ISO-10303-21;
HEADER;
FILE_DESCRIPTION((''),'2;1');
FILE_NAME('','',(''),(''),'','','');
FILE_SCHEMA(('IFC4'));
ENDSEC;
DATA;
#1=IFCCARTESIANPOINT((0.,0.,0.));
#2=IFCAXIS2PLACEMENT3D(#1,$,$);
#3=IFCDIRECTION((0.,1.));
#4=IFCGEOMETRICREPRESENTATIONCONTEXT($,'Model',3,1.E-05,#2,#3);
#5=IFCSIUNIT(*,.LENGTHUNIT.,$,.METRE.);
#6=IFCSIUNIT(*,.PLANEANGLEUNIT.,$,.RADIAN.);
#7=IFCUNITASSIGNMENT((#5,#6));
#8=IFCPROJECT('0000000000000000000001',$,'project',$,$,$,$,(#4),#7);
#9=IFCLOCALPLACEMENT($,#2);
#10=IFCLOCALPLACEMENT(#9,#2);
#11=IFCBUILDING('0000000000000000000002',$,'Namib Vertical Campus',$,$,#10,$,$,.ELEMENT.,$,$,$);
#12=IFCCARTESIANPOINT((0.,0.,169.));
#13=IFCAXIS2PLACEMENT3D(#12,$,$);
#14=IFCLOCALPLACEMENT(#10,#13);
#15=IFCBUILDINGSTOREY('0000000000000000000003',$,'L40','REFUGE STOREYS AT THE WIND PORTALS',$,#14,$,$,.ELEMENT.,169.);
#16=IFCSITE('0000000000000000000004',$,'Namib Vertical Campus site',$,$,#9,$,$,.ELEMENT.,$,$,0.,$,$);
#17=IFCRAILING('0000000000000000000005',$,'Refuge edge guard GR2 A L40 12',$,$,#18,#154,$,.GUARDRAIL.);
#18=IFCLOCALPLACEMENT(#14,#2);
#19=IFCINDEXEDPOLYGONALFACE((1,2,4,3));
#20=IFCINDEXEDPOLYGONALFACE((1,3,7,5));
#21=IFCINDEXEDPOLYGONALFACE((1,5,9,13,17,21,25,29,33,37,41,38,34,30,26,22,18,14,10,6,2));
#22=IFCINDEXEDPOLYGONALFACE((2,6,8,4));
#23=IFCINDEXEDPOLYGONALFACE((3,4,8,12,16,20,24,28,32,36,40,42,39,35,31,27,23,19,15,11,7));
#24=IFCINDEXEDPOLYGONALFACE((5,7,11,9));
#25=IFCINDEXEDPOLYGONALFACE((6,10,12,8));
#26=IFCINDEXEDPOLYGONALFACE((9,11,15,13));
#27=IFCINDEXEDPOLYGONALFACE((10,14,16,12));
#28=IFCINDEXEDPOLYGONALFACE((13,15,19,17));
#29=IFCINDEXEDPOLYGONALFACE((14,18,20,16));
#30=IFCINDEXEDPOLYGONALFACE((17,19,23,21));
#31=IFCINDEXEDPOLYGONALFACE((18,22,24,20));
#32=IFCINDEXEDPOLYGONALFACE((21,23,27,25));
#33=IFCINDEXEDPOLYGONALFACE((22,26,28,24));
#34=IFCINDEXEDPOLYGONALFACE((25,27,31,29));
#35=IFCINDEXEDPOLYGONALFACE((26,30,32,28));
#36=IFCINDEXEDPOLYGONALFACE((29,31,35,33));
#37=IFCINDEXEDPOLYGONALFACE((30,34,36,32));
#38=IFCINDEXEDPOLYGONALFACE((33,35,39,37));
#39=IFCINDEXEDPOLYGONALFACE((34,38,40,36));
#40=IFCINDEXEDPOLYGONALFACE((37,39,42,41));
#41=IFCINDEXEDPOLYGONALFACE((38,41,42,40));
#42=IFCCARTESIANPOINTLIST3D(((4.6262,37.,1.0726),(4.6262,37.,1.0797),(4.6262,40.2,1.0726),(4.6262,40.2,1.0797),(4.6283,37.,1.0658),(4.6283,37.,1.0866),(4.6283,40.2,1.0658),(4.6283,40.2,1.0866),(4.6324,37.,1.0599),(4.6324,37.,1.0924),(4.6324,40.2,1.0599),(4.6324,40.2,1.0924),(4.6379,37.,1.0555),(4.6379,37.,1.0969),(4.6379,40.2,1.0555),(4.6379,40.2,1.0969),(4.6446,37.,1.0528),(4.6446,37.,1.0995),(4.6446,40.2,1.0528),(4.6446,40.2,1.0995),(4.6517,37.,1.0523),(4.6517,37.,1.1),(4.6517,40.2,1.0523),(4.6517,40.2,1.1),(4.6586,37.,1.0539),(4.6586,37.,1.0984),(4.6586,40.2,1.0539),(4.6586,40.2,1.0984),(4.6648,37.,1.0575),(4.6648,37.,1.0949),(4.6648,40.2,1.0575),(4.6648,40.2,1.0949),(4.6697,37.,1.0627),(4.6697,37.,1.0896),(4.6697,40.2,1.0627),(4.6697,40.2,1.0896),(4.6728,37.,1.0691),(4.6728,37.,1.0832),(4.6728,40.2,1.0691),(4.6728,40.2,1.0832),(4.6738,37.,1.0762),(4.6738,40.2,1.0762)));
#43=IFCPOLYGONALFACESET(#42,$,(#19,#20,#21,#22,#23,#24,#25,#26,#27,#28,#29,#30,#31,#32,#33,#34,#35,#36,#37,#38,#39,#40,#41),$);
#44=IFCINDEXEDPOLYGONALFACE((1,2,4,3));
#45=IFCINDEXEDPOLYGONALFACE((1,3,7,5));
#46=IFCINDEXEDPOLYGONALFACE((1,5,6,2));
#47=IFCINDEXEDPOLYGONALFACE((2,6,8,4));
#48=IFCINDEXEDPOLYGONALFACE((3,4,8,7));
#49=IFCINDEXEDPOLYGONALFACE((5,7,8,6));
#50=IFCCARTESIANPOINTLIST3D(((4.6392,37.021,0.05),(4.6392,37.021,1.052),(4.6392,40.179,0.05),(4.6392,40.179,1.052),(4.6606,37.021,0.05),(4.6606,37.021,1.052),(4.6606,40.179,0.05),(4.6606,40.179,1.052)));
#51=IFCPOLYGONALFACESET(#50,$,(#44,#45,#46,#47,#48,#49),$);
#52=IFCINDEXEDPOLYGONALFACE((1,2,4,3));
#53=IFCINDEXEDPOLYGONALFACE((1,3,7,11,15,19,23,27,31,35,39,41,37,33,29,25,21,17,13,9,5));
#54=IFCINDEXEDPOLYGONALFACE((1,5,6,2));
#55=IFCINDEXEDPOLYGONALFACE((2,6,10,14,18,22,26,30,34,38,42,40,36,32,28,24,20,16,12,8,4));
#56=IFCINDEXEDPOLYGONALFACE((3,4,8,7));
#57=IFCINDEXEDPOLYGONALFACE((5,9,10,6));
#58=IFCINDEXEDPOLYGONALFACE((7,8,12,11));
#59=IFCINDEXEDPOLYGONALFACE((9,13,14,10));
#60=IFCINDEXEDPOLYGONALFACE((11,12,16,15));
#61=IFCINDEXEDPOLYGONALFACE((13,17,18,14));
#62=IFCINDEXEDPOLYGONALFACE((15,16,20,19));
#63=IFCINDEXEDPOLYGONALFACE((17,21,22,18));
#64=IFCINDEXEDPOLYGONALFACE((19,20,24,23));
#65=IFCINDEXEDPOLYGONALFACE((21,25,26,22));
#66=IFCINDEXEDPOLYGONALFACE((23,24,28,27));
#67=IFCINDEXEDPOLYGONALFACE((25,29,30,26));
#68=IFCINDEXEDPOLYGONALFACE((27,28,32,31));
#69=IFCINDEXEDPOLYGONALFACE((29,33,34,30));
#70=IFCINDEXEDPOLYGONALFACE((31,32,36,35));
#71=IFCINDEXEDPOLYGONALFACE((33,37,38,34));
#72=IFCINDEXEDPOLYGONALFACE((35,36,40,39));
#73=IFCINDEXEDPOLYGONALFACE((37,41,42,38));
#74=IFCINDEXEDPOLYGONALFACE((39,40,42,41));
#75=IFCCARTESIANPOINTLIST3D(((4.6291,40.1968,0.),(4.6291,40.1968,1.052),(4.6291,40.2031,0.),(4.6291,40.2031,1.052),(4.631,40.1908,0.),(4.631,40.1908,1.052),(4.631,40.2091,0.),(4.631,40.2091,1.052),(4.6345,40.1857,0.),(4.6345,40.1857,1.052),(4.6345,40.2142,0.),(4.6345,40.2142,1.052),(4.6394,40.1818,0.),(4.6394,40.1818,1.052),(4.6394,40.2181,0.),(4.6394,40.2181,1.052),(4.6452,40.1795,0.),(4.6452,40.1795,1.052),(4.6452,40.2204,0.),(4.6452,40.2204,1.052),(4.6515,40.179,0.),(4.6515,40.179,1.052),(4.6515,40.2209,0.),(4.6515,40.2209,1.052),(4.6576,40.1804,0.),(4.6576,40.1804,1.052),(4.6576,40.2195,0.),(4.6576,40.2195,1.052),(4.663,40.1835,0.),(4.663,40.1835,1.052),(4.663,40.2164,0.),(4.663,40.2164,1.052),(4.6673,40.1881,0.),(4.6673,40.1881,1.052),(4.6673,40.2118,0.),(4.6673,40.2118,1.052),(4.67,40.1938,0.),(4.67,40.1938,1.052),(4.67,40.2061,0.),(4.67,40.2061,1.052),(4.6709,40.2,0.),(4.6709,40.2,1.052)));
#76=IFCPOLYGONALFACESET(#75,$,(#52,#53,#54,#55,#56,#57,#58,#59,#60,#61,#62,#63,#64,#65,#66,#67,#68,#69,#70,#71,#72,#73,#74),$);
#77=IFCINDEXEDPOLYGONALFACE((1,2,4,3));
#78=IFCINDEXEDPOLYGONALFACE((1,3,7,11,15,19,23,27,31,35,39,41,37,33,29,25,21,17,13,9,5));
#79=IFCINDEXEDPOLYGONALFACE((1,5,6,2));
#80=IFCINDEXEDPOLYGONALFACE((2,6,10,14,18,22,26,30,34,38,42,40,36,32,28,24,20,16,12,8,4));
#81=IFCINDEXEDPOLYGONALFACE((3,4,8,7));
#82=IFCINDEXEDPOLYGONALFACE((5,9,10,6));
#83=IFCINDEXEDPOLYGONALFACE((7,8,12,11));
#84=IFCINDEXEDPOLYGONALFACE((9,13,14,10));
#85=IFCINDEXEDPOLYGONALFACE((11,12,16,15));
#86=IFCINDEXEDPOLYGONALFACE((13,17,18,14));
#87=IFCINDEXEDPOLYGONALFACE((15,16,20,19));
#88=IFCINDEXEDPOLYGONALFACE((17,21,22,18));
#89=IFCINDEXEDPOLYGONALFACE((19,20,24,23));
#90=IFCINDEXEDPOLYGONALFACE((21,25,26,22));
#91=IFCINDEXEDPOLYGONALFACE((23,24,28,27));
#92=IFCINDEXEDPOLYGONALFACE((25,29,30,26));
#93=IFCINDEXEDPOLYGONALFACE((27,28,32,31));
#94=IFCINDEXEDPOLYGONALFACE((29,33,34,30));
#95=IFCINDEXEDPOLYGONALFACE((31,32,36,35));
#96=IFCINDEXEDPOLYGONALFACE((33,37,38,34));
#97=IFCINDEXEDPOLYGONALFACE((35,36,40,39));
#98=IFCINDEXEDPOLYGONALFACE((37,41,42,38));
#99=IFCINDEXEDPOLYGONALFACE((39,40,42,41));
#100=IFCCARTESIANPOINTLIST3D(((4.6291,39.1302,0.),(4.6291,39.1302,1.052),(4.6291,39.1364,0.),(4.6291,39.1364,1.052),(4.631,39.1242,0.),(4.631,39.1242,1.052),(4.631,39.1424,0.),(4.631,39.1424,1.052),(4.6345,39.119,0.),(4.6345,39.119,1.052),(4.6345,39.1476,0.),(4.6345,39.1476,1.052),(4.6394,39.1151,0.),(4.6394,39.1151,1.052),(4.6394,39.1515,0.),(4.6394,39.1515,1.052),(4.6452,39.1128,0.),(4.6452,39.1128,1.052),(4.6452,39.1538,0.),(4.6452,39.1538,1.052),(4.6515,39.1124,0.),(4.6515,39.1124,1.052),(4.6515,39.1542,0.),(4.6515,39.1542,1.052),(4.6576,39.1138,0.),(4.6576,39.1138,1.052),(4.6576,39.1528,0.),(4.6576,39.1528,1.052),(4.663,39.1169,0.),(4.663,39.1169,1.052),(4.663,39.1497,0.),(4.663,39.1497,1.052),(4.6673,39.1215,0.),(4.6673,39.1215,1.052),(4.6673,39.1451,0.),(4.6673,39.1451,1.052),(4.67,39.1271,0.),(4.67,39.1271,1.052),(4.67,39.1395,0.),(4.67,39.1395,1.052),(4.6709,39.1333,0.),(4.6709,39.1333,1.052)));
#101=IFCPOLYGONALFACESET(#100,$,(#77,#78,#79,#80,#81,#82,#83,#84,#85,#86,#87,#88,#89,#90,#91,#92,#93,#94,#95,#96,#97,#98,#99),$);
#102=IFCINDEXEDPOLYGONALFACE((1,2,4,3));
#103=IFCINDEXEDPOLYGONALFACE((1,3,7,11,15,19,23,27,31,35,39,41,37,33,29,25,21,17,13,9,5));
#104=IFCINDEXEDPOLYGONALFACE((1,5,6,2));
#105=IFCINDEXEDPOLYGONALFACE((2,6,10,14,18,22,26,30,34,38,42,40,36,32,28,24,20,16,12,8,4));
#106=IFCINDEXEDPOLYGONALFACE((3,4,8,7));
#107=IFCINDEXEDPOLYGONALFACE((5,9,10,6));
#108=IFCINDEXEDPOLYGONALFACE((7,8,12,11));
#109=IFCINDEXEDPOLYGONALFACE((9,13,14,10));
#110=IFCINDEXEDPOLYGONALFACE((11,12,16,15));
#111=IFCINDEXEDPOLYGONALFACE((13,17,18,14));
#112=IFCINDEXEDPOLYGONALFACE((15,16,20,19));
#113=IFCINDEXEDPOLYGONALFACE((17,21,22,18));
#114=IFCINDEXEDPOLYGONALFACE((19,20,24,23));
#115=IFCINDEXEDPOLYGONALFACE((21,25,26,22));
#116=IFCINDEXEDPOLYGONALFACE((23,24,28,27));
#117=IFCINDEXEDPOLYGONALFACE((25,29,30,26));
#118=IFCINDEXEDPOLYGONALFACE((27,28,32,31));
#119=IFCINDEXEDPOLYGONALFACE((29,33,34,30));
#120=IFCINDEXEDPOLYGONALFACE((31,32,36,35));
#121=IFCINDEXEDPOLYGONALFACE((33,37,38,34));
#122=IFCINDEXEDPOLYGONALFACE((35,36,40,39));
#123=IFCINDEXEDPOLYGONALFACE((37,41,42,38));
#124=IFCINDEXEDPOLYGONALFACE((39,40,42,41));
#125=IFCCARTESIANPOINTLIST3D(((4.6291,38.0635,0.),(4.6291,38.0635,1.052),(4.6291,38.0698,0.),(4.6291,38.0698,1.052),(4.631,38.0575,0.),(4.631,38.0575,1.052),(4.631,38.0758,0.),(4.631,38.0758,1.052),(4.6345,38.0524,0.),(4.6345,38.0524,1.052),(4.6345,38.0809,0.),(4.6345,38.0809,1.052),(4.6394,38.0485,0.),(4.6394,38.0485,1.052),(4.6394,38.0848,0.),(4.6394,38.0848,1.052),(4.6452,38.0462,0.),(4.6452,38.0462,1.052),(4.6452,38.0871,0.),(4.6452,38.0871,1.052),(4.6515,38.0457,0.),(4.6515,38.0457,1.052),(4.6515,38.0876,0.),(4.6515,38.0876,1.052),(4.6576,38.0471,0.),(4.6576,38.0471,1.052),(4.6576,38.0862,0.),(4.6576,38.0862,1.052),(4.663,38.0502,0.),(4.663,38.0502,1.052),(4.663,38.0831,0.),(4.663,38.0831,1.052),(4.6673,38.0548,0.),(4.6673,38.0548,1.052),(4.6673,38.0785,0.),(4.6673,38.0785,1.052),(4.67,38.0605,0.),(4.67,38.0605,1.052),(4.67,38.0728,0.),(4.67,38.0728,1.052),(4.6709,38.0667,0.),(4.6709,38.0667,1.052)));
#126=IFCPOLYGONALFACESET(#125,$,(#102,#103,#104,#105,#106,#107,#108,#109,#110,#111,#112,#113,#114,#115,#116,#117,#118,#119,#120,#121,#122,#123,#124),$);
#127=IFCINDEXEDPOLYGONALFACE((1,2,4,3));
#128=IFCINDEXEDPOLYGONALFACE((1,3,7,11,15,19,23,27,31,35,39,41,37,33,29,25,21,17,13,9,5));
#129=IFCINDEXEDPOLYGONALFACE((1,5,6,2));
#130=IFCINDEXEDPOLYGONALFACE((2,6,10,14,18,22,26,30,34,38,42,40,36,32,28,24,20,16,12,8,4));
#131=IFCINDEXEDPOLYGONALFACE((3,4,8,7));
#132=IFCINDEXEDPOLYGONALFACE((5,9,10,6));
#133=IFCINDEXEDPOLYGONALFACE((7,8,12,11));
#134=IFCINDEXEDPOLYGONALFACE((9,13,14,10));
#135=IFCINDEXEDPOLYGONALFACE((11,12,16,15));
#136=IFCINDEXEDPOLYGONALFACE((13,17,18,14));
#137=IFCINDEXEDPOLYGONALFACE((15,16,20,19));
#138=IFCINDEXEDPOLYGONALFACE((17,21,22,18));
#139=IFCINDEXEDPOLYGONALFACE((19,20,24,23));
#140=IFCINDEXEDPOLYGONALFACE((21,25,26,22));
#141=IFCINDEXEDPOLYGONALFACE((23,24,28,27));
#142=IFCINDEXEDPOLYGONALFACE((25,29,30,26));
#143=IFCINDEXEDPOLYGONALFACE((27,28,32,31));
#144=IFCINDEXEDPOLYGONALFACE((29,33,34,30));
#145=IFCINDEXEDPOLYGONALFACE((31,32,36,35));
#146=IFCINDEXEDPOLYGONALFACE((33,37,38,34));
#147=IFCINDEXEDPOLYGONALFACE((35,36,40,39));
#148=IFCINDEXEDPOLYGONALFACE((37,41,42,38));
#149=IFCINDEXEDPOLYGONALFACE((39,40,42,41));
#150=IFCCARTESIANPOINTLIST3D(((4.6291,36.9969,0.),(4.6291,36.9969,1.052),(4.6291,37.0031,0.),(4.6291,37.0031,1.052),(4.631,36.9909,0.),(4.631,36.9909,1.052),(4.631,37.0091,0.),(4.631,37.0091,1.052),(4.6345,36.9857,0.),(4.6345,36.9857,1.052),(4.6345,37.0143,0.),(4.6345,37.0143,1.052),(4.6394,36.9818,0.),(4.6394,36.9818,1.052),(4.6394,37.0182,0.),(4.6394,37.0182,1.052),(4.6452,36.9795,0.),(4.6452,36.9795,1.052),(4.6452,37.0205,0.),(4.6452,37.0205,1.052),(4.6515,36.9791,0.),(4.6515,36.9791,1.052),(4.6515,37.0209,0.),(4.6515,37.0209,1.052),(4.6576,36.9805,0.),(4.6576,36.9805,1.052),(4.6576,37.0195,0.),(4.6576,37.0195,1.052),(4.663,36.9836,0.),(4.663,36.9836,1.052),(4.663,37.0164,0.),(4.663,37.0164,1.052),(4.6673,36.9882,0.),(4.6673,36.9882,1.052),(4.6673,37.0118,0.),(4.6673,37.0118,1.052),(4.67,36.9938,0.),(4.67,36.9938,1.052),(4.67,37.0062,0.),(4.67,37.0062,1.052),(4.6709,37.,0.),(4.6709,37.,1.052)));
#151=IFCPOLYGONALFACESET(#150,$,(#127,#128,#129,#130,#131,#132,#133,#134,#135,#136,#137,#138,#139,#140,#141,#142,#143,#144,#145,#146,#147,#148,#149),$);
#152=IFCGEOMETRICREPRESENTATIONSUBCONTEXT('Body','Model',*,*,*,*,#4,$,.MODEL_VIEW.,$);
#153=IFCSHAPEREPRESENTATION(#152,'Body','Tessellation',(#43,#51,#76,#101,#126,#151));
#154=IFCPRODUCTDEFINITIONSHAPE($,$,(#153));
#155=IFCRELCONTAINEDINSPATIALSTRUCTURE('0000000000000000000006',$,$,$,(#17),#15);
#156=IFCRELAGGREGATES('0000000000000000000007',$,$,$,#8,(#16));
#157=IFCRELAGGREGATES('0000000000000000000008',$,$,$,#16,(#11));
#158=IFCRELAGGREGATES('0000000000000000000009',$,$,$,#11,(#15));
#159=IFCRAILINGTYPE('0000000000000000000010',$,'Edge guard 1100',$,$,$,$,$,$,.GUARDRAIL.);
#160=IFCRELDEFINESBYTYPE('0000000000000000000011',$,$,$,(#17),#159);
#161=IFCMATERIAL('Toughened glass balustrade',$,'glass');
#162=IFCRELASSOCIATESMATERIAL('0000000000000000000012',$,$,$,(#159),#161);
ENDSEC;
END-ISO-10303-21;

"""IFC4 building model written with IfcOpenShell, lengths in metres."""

from ifc_helpers import new_model, si_unit, direction, frame, origin, origin_2d, place, context, subcontext, project, spatial, polyline, circle, outline, extrude, material, type_object, element, save


model = new_model("IFC4")

# Units and contexts
model_context = context("Model", 3, precision=1e-05, world=origin(), true_north=direction((0.0, 1.0)))
body_context = subcontext(model_context, "Body", "Model", "MODEL_VIEW")
ifc_project = project(units=[si_unit("LENGTHUNIT", "METRE"), si_unit("PLANEANGLEUNIT", "RADIAN")], contexts=[model_context])

# Site, building, storey
site_placement = place(None, origin())
site = spatial("IfcSite", under=ifc_project, at=site_placement, Name="Namib Vertical Campus site", CompositionType="ELEMENT", RefElevation=0.0)
building_placement = place(site_placement, origin())
building = spatial("IfcBuilding", under=site, at=building_placement, Name="Namib Vertical Campus", CompositionType="ELEMENT")
storey_placement = place(building_placement, frame((0.0, 0.0, 169.0)))
storey = spatial("IfcBuildingStorey", under=building, at=storey_placement, Name="L40", Description="REFUGE STOREYS AT THE WIND PORTALS", CompositionType="ELEMENT", Elevation=169.0)

# Railing
ifc_material_1 = material(Name="Toughened glass balustrade", Category="glass")
railing_type_1 = type_object("IfcRailingType", Name="Edge guard 1100", PredefinedType="GUARDRAIL", material=ifc_material_1)
railing_1_placement = place(storey_placement, frame((4.6499, 40.2, 0.0)))
element("IfcRailing", 1, at=railing_1_placement, inside=storey, type_object=railing_type_1, Name="Refuge edge guard GR2 A L40 12", PredefinedType="GUARDRAIL", context=body_context, shape_type="SweptSolid", body=[
    extrude(circle(Radius=0.0239, at=origin_2d()), frame((0.0, 0.0, 1.0762), z_axis=(0.0, -1.0, 0.0), x_axis=(1.0, 0.0, 0.0)), (0.0, 0.0, 1.0), 3.2),
    extrude(outline(polyline([(0.021, 0.05), (3.179, 0.05), (3.179, 1.052), (0.021, 1.052), (0.021, 0.05)])), frame((0.0107, 0.0, 0.0), z_axis=(-1.0, 0.0, 0.0), x_axis=(0.0, -1.0, 0.0)), (0.0, 0.0, 1.0), 0.0215),
    extrude(circle(Radius=0.021, at=origin_2d()), origin(), (0.0, 0.0, 1.0), 1.052),
    extrude(circle(Radius=0.021, at=origin_2d()), frame((0.0, -1.0667, 0.0)), (0.0, 0.0, 1.0), 1.052),
    extrude(circle(Radius=0.021, at=origin_2d()), frame((0.0, -2.1333, 0.0)), (0.0, 0.0, 1.0), 1.052),
    extrude(circle(Radius=0.021, at=origin_2d()), frame((0.0, -3.2, 0.0)), (0.0, 0.0, 1.0), 1.052),
])

save(model, "model.ifc")
